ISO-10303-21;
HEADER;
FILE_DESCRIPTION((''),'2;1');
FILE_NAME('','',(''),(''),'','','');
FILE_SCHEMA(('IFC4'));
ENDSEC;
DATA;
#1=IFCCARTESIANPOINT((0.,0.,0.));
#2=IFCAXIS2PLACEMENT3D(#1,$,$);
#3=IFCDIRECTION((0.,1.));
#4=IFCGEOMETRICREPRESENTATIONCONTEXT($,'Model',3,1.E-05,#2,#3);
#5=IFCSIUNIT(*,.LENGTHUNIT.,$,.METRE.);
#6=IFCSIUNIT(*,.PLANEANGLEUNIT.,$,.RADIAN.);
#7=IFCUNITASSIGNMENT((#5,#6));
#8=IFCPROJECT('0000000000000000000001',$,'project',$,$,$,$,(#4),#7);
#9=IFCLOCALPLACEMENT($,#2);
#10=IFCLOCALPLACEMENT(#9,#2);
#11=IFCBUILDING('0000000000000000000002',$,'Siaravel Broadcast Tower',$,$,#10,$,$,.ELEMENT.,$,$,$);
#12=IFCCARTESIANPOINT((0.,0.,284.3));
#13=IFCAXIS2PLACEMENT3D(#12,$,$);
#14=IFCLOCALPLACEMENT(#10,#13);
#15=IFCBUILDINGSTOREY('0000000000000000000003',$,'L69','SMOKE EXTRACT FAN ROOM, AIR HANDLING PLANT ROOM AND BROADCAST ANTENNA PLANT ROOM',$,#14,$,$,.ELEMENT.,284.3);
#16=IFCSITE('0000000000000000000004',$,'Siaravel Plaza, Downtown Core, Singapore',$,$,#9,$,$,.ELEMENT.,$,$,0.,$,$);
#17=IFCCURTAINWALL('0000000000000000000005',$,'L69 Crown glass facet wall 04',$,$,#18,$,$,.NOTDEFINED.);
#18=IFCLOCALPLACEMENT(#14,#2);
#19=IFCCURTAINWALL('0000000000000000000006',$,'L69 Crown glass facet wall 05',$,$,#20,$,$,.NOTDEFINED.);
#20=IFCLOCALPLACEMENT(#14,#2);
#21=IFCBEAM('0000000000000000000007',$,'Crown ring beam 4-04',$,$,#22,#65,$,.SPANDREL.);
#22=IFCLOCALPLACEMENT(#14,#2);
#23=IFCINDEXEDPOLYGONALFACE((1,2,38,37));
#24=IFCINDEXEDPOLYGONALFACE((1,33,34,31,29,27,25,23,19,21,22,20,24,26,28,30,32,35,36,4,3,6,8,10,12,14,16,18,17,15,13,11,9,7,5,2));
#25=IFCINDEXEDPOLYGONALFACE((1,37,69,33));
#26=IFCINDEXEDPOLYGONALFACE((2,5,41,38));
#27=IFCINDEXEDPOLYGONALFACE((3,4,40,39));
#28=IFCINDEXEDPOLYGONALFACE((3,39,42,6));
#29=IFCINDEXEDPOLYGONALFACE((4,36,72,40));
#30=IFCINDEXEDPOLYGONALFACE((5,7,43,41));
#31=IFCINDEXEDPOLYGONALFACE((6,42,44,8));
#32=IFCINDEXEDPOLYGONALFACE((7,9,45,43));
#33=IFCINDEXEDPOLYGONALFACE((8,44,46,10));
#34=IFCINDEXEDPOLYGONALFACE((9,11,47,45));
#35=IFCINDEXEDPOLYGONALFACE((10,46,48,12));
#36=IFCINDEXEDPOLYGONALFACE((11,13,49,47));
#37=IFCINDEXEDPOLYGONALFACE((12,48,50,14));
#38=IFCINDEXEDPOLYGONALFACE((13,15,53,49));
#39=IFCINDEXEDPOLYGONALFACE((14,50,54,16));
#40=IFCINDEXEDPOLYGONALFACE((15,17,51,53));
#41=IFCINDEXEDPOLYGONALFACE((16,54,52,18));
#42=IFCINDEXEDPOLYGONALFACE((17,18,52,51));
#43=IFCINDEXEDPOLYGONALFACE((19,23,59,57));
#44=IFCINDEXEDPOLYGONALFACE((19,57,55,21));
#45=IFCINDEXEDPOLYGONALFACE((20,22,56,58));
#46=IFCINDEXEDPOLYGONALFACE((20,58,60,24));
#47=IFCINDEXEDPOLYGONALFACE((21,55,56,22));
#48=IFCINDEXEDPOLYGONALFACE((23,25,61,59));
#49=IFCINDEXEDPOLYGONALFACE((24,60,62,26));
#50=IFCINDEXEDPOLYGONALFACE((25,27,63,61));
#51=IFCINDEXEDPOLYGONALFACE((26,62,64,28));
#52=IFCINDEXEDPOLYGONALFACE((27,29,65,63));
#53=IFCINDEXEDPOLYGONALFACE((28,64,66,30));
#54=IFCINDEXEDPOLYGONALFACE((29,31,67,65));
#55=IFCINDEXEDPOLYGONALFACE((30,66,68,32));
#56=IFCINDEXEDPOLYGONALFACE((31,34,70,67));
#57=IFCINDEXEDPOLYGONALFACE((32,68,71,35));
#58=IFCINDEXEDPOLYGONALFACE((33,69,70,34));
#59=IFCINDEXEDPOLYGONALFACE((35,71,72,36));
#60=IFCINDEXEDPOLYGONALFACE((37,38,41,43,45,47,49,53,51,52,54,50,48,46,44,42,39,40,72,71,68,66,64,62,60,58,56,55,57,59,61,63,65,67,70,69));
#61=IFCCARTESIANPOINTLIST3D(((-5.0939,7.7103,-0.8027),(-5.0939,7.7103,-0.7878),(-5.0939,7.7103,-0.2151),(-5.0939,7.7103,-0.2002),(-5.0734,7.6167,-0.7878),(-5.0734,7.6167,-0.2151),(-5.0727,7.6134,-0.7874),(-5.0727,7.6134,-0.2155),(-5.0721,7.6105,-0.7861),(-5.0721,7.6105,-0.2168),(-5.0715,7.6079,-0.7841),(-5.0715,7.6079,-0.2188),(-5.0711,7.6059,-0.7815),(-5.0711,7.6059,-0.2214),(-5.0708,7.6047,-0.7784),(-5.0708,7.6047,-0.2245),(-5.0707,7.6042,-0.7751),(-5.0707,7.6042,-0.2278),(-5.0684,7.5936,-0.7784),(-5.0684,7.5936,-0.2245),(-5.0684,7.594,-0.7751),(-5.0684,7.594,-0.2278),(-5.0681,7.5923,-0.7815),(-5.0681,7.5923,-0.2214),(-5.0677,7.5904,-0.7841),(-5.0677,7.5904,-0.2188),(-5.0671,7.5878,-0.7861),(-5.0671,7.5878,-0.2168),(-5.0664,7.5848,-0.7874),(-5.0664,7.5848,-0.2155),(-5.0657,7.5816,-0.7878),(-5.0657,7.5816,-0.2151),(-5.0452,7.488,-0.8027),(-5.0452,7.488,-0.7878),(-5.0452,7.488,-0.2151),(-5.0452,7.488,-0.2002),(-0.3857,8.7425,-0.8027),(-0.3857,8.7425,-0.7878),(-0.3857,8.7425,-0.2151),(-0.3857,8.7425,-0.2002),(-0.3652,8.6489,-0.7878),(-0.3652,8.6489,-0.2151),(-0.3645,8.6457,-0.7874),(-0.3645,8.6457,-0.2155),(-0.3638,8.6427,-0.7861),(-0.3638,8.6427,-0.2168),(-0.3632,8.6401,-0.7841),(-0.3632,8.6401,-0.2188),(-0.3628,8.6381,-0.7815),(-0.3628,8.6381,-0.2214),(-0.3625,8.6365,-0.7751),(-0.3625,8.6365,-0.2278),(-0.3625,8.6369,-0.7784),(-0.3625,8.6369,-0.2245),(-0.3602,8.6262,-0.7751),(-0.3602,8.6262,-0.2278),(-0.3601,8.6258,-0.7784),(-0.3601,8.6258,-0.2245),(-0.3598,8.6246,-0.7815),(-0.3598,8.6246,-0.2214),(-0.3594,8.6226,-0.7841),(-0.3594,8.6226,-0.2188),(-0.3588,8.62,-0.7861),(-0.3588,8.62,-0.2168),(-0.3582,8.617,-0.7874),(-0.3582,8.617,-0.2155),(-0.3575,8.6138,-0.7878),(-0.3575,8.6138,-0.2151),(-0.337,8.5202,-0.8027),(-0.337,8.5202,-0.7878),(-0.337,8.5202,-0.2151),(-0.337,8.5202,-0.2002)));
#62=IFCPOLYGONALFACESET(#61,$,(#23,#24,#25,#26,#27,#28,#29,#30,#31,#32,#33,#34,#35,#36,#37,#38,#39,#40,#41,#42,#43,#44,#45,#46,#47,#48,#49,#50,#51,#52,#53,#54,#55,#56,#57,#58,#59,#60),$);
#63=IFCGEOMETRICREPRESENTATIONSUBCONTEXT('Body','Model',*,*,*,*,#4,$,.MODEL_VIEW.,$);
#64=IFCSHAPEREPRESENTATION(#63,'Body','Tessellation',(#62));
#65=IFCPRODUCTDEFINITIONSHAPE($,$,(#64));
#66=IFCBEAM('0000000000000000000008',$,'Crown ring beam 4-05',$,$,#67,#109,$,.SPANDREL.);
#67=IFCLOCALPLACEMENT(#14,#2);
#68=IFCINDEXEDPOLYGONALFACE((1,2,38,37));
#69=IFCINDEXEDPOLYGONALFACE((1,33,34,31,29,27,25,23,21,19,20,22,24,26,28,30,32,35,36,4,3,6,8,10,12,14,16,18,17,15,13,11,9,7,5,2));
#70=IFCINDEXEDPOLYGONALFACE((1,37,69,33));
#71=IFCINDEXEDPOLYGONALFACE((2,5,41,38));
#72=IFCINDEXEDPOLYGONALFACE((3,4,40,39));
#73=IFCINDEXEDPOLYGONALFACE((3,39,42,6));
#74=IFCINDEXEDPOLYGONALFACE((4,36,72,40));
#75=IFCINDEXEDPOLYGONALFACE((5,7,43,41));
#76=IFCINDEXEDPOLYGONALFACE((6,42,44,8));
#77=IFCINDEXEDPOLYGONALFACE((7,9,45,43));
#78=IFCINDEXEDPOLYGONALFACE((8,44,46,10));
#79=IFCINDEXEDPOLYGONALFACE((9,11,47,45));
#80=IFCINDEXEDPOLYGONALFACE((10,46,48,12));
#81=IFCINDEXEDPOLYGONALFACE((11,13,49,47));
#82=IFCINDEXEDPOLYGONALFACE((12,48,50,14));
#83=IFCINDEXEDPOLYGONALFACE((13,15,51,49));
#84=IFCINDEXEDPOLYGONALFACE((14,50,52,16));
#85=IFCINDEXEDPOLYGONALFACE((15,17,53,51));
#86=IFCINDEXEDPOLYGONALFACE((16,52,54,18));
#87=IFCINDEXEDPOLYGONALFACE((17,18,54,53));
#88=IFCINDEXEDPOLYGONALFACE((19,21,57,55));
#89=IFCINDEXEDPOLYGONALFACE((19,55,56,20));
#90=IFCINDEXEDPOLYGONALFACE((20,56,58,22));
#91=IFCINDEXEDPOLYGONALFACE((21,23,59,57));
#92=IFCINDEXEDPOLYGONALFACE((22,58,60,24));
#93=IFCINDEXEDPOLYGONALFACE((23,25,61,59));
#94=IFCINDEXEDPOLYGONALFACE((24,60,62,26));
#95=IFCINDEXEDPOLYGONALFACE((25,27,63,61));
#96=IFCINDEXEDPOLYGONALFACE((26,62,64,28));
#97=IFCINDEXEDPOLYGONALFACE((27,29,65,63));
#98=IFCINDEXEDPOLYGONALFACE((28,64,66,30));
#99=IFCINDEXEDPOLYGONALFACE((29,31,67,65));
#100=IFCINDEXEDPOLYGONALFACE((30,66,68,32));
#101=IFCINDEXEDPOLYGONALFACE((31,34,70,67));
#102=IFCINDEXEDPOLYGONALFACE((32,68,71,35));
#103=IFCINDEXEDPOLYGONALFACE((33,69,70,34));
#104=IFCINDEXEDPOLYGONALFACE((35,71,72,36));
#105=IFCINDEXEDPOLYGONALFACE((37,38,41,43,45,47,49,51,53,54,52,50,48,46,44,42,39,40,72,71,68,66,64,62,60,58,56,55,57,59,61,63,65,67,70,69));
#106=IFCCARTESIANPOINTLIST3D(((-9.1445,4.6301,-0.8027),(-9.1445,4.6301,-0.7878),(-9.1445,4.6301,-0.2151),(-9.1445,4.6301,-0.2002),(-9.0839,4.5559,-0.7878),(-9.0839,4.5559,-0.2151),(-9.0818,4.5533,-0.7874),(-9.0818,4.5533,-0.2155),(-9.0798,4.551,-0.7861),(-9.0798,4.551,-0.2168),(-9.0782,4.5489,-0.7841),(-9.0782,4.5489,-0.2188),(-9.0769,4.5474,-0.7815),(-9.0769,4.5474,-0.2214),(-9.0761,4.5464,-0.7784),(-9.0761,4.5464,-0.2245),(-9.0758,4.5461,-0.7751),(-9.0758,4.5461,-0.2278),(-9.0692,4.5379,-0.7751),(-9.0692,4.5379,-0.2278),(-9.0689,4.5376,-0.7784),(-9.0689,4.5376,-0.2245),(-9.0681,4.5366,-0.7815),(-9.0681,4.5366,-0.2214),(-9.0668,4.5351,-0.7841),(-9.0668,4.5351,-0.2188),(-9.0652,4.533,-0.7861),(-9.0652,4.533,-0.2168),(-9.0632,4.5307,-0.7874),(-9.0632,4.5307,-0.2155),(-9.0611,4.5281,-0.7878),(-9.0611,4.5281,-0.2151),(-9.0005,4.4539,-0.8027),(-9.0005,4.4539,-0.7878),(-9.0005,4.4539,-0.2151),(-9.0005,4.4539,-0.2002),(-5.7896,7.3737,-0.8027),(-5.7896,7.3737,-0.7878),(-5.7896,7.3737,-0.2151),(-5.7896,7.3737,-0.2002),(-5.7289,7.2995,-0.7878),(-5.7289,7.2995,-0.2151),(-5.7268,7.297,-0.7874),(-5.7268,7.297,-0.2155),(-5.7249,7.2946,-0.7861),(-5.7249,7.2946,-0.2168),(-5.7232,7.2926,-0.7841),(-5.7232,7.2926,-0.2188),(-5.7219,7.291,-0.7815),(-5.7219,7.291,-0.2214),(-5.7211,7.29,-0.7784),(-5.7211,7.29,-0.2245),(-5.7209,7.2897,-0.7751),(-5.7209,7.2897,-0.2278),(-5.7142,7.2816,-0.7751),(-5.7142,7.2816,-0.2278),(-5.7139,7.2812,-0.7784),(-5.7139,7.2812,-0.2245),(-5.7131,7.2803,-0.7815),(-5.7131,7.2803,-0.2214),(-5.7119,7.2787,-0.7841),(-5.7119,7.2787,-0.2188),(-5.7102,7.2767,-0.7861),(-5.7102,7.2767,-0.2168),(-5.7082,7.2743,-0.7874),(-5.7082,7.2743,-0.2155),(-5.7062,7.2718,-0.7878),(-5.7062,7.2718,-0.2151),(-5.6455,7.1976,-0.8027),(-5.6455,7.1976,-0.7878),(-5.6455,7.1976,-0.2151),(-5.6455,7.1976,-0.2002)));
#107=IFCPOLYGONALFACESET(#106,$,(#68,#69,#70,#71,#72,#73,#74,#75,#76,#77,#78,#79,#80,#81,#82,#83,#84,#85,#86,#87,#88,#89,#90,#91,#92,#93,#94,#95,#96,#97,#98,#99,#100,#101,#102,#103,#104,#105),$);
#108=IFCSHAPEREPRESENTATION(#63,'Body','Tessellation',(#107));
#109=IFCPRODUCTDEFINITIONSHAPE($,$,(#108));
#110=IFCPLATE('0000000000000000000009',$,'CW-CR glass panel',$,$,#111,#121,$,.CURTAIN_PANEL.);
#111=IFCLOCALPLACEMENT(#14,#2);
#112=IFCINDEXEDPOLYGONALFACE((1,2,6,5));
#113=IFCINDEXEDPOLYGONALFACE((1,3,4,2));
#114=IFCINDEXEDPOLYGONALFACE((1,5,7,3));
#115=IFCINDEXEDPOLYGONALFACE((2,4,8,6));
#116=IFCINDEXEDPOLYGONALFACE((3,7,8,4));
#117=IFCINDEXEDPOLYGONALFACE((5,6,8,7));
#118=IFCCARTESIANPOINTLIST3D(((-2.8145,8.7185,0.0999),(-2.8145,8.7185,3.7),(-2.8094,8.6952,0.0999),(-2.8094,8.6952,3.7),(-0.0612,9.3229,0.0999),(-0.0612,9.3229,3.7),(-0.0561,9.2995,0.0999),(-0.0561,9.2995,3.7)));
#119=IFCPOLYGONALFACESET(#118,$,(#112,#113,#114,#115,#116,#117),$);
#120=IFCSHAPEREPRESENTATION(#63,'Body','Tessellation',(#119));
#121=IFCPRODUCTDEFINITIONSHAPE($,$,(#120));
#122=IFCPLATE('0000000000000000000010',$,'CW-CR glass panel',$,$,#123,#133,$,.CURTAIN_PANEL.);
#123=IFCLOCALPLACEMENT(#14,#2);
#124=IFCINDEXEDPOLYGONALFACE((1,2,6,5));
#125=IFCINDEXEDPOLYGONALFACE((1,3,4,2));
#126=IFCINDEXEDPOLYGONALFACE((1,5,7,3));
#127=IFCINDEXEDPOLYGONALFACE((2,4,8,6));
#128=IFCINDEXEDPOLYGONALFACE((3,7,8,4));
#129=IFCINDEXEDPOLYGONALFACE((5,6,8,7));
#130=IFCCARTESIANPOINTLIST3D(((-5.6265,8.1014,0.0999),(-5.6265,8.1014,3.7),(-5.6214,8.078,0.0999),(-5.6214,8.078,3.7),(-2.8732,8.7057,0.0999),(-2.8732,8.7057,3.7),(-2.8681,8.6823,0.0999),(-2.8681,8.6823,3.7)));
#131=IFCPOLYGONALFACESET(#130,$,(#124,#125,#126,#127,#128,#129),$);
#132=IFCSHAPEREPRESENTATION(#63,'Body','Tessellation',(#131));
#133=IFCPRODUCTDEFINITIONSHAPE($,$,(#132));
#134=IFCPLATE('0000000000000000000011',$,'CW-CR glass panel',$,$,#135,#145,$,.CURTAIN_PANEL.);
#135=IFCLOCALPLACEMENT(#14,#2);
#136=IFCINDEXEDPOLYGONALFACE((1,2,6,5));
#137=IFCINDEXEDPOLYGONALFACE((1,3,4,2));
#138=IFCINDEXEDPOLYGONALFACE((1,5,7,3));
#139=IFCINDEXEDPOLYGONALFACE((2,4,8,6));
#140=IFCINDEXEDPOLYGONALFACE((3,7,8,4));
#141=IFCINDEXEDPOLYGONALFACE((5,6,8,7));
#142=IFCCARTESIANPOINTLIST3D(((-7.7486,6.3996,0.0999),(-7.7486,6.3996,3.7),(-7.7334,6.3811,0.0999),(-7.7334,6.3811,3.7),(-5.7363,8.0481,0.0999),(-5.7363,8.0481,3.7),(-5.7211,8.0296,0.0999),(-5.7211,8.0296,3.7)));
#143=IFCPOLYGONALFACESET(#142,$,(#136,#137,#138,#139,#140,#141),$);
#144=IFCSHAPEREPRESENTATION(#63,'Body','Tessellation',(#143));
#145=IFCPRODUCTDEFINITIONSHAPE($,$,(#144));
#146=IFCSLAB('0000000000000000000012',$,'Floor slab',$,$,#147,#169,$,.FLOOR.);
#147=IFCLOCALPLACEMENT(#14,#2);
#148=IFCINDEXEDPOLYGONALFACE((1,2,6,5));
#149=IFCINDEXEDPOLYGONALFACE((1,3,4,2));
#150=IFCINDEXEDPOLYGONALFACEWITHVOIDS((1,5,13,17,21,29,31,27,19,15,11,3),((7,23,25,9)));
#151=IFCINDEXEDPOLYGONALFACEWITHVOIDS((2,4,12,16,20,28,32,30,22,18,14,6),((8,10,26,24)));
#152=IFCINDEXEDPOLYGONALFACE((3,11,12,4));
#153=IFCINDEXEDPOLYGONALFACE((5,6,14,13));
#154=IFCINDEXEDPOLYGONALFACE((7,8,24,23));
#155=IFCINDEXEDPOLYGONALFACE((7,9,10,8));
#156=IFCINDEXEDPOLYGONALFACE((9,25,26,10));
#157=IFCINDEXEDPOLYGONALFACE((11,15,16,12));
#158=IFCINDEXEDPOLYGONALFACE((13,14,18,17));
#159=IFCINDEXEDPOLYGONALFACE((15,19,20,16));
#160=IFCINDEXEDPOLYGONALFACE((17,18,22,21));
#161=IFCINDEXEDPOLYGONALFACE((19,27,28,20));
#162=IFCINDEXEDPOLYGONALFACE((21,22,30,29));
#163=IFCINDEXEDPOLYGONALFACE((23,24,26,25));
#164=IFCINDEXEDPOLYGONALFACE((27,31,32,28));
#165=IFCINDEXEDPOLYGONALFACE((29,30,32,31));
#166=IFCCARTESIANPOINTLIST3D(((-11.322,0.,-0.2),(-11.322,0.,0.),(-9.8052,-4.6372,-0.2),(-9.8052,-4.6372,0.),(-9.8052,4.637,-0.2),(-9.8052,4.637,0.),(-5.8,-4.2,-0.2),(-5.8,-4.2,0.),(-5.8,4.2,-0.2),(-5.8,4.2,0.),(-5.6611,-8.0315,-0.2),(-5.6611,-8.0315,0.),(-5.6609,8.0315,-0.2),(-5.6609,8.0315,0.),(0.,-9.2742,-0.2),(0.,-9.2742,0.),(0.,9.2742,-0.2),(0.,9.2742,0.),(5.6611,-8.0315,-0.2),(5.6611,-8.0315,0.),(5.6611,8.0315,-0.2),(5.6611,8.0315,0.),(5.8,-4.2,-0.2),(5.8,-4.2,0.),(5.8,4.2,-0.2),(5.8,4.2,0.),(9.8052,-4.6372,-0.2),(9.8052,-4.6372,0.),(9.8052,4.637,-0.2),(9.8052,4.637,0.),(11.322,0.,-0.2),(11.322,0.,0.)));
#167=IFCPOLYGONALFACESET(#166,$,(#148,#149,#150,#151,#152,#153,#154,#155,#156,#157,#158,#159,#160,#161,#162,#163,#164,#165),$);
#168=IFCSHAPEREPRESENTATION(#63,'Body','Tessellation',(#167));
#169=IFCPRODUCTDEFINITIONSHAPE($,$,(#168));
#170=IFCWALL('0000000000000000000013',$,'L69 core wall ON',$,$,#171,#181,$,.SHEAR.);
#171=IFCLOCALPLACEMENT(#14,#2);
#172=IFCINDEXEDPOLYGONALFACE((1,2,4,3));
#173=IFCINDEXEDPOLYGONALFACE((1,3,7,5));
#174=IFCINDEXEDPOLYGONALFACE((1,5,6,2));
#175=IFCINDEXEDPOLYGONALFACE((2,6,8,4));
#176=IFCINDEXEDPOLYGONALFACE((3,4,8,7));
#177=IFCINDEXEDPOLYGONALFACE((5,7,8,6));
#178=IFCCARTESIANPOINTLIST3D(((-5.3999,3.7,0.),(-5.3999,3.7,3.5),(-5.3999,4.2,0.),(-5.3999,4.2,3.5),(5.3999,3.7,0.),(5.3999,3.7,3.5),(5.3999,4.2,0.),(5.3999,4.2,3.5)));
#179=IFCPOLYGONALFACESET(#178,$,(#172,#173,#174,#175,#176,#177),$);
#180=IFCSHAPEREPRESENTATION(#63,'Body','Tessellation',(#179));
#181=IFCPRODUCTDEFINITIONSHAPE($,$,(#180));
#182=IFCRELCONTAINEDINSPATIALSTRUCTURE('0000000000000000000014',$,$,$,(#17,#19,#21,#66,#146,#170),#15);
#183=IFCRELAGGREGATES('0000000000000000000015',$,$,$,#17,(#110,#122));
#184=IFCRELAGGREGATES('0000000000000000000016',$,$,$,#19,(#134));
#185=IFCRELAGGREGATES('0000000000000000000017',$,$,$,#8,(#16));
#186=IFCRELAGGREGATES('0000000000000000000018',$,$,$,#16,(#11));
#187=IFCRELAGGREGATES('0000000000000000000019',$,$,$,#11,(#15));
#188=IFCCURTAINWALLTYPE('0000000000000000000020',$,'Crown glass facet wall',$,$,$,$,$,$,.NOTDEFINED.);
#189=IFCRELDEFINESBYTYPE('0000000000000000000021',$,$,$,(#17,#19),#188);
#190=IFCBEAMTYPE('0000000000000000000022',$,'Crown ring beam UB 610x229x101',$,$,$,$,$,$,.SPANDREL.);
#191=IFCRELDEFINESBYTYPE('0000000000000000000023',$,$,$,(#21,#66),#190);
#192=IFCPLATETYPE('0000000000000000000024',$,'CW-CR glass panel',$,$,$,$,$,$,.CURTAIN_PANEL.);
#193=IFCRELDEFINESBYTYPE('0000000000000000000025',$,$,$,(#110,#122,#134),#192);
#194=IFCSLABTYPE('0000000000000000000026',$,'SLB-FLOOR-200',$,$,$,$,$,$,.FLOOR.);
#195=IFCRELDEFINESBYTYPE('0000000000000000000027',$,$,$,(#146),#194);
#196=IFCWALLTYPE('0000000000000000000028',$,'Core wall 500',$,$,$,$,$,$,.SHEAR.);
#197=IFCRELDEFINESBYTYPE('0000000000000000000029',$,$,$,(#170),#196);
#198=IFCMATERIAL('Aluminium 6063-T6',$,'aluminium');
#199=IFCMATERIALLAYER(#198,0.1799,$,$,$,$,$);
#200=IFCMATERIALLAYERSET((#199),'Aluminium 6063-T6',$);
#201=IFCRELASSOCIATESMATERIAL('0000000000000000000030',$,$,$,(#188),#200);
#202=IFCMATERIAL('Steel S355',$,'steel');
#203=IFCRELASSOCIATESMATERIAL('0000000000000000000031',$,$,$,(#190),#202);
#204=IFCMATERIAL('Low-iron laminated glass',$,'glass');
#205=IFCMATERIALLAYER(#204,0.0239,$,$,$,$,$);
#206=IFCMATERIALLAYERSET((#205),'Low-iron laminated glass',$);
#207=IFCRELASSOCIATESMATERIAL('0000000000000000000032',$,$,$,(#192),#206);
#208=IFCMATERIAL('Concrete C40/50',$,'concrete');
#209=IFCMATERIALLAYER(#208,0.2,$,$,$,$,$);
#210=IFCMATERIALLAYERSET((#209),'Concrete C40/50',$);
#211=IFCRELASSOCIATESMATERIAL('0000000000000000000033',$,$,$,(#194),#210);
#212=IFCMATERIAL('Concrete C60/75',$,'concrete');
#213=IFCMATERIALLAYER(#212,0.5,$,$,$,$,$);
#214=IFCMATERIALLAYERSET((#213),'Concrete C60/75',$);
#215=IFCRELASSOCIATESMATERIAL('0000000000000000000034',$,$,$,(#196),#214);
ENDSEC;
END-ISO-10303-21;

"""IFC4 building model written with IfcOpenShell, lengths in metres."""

from ifc_helpers import new_model, si_unit, direction, frame, frame_2d, origin, origin_2d, place, context, subcontext, project, spatial, polyline, rectangle, i_section, outline, extrude, material, layer, layer_set, material_profile, profile_set, type_object, element, aggregate, save


model = new_model("IFC4")

# Units and contexts
model_context = context("Model", 3, precision=1e-05, world=origin(), true_north=direction((0.0, 1.0)))
body_context = subcontext(model_context, "Body", "Model", "MODEL_VIEW")
ifc_project = project(units=[si_unit("LENGTHUNIT", "METRE"), si_unit("PLANEANGLEUNIT", "RADIAN")], contexts=[model_context])

# Site, building, storey
site_placement = place(None, origin())
site = spatial("IfcSite", under=ifc_project, at=site_placement, Name="Siaravel Plaza, Downtown Core, Singapore", CompositionType="ELEMENT", RefElevation=0.0)
building_placement = place(site_placement, origin())
building = spatial("IfcBuilding", under=site, at=building_placement, Name="Siaravel Broadcast Tower", CompositionType="ELEMENT")
storey_placement = place(building_placement, frame((0.0, 0.0, 284.3)))
storey = spatial("IfcBuildingStorey", under=building, at=storey_placement, Name="L69", Description="SMOKE EXTRACT FAN ROOM, AIR HANDLING PLANT ROOM AND BROADCAST ANTENNA PLANT ROOM", CompositionType="ELEMENT", Elevation=284.3)

# Curtain wall
ifc_material_1 = material(Name="Aluminium 6063-T6", Category="aluminium")
ifc_layer_1 = layer(ifc_material_1, 0.1799)
ifc_layer_set_1 = layer_set([ifc_layer_1], Name="Aluminium 6063-T6")
curtain_wall_type = type_object("IfcCurtainWallType", Name="Crown glass facet wall", PredefinedType="NOTDEFINED", material=ifc_layer_set_1)
curtain_wall_1_placement = place(storey_placement, origin())
curtain_wall_1 = element("IfcCurtainWall", 1, at=curtain_wall_1_placement, inside=storey, type_object=curtain_wall_type, Name="L69 Crown glass facet wall 04", PredefinedType="NOTDEFINED")

# Curtain wall
curtain_wall_2_placement = place(storey_placement, origin())
curtain_wall_2 = element("IfcCurtainWall", 2, at=curtain_wall_2_placement, inside=storey, type_object=curtain_wall_type, Name="L69 Crown glass facet wall 05", PredefinedType="NOTDEFINED")

# Beams
ifc_material_2 = material(Name="Steel S355", Category="steel")
ifc_material_profile_1 = material_profile(ifc_material_2, i_section(OverallWidth=0.2275, OverallDepth=0.6025, WebThickness=0.0105, FlangeThickness=0.0149, FilletRadius=0.0127, at=origin_2d()))
ifc_profile_set_1 = profile_set([ifc_material_profile_1], Name="Steel S355")
beam_type_1 = type_object("IfcBeamType", Name="Crown ring beam UB 610x229x101", PredefinedType="SPANDREL", material=ifc_profile_set_1)
beam_1_placement = place(storey_placement, frame((-0.3613, 8.6313, -0.5015), z_axis=(-0.9768, -0.214152, 0.0), x_axis=(0.214152, -0.9768, 0.0)))
element("IfcBeam", 3, at=beam_1_placement, inside=storey, type_object=beam_type_1, Name="Crown ring beam 4-04", PredefinedType="SPANDREL", context=body_context, shape_type="SweptSolid", body=[
    extrude(i_section(OverallWidth=0.2275, OverallDepth=0.6025, WebThickness=0.0105, FlangeThickness=0.0149, FilletRadius=0.0127, at=origin_2d()), origin(), (0.0, 0.0, 1.0), 4.8201),
])
beam_2_placement = place(storey_placement, frame((-5.7175, 7.2856, -0.5015), z_axis=(-0.774108, -0.633054, 0.0), x_axis=(0.633054, -0.774108, 0.0)))
element("IfcBeam", 4, at=beam_2_placement, inside=storey, type_object=beam_type_1, Name="Crown ring beam 4-05", PredefinedType="SPANDREL", context=body_context, shape_type="SweptSolid", body=[
    extrude(i_section(OverallWidth=0.2275, OverallDepth=0.6025, WebThickness=0.0105, FlangeThickness=0.0149, FilletRadius=0.0127, at=origin_2d()), origin(), (0.0, 0.0, 1.0), 4.334),
])

# Plates
ifc_material_3 = material(Name="Low-iron laminated glass", Category="glass")
ifc_layer_2 = layer(ifc_material_3, 0.0239)
ifc_layer_set_2 = layer_set([ifc_layer_2], Name="Low-iron laminated glass")
plate_type = type_object("IfcPlateType", Name="CW-CR glass panel", PredefinedType="CURTAIN_PANEL", material=ifc_layer_set_2)
plate_1_placement = place(storey_placement, frame((-1.4353, 9.009, 0.0999), z_axis=(0.0, 0.0, 1.0), x_axis=(-0.976747, -0.214396, 0.0)))
plate_1 = element("IfcPlate", 5, at=plate_1_placement, type_object=plate_type, Name="CW-CR glass panel", PredefinedType="CURTAIN_PANEL", context=body_context, shape_type="SweptSolid", body=[
    extrude(rectangle(XDim=2.8188, YDim=0.0239, at=origin_2d()), origin(), (0.0, 0.0, 1.0), 3.6001),
])
plate_2_placement = place(storey_placement, frame((-4.2473, 8.3918, 0.0999), z_axis=(0.0, 0.0, 1.0), x_axis=(-0.976747, -0.214396, 0.0)))
plate_2 = element("IfcPlate", 6, at=plate_2_placement, type_object=plate_type, Name="CW-CR glass panel", PredefinedType="CURTAIN_PANEL", context=body_context, shape_type="SweptSolid", body=[
    extrude(rectangle(XDim=2.8188, YDim=0.0239, at=origin_2d()), origin(), (0.0, 0.0, 1.0), 3.6001),
])
aggregate(curtain_wall_1, [plate_1, plate_2])
plate_3_placement = place(storey_placement, frame((-6.7349, 7.2146, 0.0999), z_axis=(0.0, 0.0, 1.0), x_axis=(-0.773564, -0.633718, 0.0)))
plate_3 = element("IfcPlate", 7, at=plate_3_placement, type_object=plate_type, Name="CW-CR glass panel", PredefinedType="CURTAIN_PANEL", context=body_context, shape_type="SweptSolid", body=[
    extrude(rectangle(XDim=2.6013, YDim=0.0239, at=origin_2d()), origin(), (0.0, 0.0, 1.0), 3.6001),
])
aggregate(curtain_wall_2, [plate_3])

# Slab
ifc_material_4 = material(Name="Concrete C40/50", Category="concrete")
ifc_layer_3 = layer(ifc_material_4, 0.2)
ifc_layer_set_3 = layer_set([ifc_layer_3], Name="Concrete C40/50")
slab_type = type_object("IfcSlabType", Name="SLB-FLOOR-200", PredefinedType="FLOOR", material=ifc_layer_set_3)
slab_placement = place(storey_placement, frame((0.0, 0.0, -0.2)))
element("IfcSlab", 8, at=slab_placement, inside=storey, type_object=slab_type, Name="Floor slab", PredefinedType="FLOOR", context=body_context, shape_type="SweptSolid", body=[
    extrude(outline(polyline([(11.322, 0.0), (9.8052, 4.637), (5.6611, 8.0315), (0.0, 9.2742), (-5.6609, 8.0315), (-9.8052, 4.637), (-11.322, 0.0), (-9.8052, -4.6372), (-5.6611, -8.0315), (0.0, -9.2742), (5.6611, -8.0315), (9.8052, -4.6372), (11.322, 0.0)]), holes=[polyline([(-5.8, 4.2), (5.8, 4.2), (5.8, -4.2), (-5.8, -4.2), (-5.8, 4.2)])]), origin(), (0.0, 0.0, 1.0), 0.2),
])

# Wall
ifc_material_5 = material(Name="Concrete C60/75", Category="concrete")
ifc_layer_4 = layer(ifc_material_5, 0.5)
ifc_layer_set_4 = layer_set([ifc_layer_4], Name="Concrete C60/75")
wall_type_1 = type_object("IfcWallType", Name="Core wall 500", PredefinedType="SHEAR", material=ifc_layer_set_4)
wall_1_placement = place(storey_placement, frame((-5.3999, 3.95, 0.0), z_axis=(0.0, 0.0, 1.0), x_axis=(1.0, 0.0, 0.0)))
element("IfcWall", 9, at=wall_1_placement, inside=storey, type_object=wall_type_1, Name="L69 core wall ON", PredefinedType="SHEAR", context=body_context, shape_type="SweptSolid", body=[
    extrude(rectangle(XDim=10.7998, YDim=0.5, at=frame_2d((5.3999, 0.0))), origin(), (0.0, 0.0, 1.0), 3.5),
])

save(model, "model.ifc")
